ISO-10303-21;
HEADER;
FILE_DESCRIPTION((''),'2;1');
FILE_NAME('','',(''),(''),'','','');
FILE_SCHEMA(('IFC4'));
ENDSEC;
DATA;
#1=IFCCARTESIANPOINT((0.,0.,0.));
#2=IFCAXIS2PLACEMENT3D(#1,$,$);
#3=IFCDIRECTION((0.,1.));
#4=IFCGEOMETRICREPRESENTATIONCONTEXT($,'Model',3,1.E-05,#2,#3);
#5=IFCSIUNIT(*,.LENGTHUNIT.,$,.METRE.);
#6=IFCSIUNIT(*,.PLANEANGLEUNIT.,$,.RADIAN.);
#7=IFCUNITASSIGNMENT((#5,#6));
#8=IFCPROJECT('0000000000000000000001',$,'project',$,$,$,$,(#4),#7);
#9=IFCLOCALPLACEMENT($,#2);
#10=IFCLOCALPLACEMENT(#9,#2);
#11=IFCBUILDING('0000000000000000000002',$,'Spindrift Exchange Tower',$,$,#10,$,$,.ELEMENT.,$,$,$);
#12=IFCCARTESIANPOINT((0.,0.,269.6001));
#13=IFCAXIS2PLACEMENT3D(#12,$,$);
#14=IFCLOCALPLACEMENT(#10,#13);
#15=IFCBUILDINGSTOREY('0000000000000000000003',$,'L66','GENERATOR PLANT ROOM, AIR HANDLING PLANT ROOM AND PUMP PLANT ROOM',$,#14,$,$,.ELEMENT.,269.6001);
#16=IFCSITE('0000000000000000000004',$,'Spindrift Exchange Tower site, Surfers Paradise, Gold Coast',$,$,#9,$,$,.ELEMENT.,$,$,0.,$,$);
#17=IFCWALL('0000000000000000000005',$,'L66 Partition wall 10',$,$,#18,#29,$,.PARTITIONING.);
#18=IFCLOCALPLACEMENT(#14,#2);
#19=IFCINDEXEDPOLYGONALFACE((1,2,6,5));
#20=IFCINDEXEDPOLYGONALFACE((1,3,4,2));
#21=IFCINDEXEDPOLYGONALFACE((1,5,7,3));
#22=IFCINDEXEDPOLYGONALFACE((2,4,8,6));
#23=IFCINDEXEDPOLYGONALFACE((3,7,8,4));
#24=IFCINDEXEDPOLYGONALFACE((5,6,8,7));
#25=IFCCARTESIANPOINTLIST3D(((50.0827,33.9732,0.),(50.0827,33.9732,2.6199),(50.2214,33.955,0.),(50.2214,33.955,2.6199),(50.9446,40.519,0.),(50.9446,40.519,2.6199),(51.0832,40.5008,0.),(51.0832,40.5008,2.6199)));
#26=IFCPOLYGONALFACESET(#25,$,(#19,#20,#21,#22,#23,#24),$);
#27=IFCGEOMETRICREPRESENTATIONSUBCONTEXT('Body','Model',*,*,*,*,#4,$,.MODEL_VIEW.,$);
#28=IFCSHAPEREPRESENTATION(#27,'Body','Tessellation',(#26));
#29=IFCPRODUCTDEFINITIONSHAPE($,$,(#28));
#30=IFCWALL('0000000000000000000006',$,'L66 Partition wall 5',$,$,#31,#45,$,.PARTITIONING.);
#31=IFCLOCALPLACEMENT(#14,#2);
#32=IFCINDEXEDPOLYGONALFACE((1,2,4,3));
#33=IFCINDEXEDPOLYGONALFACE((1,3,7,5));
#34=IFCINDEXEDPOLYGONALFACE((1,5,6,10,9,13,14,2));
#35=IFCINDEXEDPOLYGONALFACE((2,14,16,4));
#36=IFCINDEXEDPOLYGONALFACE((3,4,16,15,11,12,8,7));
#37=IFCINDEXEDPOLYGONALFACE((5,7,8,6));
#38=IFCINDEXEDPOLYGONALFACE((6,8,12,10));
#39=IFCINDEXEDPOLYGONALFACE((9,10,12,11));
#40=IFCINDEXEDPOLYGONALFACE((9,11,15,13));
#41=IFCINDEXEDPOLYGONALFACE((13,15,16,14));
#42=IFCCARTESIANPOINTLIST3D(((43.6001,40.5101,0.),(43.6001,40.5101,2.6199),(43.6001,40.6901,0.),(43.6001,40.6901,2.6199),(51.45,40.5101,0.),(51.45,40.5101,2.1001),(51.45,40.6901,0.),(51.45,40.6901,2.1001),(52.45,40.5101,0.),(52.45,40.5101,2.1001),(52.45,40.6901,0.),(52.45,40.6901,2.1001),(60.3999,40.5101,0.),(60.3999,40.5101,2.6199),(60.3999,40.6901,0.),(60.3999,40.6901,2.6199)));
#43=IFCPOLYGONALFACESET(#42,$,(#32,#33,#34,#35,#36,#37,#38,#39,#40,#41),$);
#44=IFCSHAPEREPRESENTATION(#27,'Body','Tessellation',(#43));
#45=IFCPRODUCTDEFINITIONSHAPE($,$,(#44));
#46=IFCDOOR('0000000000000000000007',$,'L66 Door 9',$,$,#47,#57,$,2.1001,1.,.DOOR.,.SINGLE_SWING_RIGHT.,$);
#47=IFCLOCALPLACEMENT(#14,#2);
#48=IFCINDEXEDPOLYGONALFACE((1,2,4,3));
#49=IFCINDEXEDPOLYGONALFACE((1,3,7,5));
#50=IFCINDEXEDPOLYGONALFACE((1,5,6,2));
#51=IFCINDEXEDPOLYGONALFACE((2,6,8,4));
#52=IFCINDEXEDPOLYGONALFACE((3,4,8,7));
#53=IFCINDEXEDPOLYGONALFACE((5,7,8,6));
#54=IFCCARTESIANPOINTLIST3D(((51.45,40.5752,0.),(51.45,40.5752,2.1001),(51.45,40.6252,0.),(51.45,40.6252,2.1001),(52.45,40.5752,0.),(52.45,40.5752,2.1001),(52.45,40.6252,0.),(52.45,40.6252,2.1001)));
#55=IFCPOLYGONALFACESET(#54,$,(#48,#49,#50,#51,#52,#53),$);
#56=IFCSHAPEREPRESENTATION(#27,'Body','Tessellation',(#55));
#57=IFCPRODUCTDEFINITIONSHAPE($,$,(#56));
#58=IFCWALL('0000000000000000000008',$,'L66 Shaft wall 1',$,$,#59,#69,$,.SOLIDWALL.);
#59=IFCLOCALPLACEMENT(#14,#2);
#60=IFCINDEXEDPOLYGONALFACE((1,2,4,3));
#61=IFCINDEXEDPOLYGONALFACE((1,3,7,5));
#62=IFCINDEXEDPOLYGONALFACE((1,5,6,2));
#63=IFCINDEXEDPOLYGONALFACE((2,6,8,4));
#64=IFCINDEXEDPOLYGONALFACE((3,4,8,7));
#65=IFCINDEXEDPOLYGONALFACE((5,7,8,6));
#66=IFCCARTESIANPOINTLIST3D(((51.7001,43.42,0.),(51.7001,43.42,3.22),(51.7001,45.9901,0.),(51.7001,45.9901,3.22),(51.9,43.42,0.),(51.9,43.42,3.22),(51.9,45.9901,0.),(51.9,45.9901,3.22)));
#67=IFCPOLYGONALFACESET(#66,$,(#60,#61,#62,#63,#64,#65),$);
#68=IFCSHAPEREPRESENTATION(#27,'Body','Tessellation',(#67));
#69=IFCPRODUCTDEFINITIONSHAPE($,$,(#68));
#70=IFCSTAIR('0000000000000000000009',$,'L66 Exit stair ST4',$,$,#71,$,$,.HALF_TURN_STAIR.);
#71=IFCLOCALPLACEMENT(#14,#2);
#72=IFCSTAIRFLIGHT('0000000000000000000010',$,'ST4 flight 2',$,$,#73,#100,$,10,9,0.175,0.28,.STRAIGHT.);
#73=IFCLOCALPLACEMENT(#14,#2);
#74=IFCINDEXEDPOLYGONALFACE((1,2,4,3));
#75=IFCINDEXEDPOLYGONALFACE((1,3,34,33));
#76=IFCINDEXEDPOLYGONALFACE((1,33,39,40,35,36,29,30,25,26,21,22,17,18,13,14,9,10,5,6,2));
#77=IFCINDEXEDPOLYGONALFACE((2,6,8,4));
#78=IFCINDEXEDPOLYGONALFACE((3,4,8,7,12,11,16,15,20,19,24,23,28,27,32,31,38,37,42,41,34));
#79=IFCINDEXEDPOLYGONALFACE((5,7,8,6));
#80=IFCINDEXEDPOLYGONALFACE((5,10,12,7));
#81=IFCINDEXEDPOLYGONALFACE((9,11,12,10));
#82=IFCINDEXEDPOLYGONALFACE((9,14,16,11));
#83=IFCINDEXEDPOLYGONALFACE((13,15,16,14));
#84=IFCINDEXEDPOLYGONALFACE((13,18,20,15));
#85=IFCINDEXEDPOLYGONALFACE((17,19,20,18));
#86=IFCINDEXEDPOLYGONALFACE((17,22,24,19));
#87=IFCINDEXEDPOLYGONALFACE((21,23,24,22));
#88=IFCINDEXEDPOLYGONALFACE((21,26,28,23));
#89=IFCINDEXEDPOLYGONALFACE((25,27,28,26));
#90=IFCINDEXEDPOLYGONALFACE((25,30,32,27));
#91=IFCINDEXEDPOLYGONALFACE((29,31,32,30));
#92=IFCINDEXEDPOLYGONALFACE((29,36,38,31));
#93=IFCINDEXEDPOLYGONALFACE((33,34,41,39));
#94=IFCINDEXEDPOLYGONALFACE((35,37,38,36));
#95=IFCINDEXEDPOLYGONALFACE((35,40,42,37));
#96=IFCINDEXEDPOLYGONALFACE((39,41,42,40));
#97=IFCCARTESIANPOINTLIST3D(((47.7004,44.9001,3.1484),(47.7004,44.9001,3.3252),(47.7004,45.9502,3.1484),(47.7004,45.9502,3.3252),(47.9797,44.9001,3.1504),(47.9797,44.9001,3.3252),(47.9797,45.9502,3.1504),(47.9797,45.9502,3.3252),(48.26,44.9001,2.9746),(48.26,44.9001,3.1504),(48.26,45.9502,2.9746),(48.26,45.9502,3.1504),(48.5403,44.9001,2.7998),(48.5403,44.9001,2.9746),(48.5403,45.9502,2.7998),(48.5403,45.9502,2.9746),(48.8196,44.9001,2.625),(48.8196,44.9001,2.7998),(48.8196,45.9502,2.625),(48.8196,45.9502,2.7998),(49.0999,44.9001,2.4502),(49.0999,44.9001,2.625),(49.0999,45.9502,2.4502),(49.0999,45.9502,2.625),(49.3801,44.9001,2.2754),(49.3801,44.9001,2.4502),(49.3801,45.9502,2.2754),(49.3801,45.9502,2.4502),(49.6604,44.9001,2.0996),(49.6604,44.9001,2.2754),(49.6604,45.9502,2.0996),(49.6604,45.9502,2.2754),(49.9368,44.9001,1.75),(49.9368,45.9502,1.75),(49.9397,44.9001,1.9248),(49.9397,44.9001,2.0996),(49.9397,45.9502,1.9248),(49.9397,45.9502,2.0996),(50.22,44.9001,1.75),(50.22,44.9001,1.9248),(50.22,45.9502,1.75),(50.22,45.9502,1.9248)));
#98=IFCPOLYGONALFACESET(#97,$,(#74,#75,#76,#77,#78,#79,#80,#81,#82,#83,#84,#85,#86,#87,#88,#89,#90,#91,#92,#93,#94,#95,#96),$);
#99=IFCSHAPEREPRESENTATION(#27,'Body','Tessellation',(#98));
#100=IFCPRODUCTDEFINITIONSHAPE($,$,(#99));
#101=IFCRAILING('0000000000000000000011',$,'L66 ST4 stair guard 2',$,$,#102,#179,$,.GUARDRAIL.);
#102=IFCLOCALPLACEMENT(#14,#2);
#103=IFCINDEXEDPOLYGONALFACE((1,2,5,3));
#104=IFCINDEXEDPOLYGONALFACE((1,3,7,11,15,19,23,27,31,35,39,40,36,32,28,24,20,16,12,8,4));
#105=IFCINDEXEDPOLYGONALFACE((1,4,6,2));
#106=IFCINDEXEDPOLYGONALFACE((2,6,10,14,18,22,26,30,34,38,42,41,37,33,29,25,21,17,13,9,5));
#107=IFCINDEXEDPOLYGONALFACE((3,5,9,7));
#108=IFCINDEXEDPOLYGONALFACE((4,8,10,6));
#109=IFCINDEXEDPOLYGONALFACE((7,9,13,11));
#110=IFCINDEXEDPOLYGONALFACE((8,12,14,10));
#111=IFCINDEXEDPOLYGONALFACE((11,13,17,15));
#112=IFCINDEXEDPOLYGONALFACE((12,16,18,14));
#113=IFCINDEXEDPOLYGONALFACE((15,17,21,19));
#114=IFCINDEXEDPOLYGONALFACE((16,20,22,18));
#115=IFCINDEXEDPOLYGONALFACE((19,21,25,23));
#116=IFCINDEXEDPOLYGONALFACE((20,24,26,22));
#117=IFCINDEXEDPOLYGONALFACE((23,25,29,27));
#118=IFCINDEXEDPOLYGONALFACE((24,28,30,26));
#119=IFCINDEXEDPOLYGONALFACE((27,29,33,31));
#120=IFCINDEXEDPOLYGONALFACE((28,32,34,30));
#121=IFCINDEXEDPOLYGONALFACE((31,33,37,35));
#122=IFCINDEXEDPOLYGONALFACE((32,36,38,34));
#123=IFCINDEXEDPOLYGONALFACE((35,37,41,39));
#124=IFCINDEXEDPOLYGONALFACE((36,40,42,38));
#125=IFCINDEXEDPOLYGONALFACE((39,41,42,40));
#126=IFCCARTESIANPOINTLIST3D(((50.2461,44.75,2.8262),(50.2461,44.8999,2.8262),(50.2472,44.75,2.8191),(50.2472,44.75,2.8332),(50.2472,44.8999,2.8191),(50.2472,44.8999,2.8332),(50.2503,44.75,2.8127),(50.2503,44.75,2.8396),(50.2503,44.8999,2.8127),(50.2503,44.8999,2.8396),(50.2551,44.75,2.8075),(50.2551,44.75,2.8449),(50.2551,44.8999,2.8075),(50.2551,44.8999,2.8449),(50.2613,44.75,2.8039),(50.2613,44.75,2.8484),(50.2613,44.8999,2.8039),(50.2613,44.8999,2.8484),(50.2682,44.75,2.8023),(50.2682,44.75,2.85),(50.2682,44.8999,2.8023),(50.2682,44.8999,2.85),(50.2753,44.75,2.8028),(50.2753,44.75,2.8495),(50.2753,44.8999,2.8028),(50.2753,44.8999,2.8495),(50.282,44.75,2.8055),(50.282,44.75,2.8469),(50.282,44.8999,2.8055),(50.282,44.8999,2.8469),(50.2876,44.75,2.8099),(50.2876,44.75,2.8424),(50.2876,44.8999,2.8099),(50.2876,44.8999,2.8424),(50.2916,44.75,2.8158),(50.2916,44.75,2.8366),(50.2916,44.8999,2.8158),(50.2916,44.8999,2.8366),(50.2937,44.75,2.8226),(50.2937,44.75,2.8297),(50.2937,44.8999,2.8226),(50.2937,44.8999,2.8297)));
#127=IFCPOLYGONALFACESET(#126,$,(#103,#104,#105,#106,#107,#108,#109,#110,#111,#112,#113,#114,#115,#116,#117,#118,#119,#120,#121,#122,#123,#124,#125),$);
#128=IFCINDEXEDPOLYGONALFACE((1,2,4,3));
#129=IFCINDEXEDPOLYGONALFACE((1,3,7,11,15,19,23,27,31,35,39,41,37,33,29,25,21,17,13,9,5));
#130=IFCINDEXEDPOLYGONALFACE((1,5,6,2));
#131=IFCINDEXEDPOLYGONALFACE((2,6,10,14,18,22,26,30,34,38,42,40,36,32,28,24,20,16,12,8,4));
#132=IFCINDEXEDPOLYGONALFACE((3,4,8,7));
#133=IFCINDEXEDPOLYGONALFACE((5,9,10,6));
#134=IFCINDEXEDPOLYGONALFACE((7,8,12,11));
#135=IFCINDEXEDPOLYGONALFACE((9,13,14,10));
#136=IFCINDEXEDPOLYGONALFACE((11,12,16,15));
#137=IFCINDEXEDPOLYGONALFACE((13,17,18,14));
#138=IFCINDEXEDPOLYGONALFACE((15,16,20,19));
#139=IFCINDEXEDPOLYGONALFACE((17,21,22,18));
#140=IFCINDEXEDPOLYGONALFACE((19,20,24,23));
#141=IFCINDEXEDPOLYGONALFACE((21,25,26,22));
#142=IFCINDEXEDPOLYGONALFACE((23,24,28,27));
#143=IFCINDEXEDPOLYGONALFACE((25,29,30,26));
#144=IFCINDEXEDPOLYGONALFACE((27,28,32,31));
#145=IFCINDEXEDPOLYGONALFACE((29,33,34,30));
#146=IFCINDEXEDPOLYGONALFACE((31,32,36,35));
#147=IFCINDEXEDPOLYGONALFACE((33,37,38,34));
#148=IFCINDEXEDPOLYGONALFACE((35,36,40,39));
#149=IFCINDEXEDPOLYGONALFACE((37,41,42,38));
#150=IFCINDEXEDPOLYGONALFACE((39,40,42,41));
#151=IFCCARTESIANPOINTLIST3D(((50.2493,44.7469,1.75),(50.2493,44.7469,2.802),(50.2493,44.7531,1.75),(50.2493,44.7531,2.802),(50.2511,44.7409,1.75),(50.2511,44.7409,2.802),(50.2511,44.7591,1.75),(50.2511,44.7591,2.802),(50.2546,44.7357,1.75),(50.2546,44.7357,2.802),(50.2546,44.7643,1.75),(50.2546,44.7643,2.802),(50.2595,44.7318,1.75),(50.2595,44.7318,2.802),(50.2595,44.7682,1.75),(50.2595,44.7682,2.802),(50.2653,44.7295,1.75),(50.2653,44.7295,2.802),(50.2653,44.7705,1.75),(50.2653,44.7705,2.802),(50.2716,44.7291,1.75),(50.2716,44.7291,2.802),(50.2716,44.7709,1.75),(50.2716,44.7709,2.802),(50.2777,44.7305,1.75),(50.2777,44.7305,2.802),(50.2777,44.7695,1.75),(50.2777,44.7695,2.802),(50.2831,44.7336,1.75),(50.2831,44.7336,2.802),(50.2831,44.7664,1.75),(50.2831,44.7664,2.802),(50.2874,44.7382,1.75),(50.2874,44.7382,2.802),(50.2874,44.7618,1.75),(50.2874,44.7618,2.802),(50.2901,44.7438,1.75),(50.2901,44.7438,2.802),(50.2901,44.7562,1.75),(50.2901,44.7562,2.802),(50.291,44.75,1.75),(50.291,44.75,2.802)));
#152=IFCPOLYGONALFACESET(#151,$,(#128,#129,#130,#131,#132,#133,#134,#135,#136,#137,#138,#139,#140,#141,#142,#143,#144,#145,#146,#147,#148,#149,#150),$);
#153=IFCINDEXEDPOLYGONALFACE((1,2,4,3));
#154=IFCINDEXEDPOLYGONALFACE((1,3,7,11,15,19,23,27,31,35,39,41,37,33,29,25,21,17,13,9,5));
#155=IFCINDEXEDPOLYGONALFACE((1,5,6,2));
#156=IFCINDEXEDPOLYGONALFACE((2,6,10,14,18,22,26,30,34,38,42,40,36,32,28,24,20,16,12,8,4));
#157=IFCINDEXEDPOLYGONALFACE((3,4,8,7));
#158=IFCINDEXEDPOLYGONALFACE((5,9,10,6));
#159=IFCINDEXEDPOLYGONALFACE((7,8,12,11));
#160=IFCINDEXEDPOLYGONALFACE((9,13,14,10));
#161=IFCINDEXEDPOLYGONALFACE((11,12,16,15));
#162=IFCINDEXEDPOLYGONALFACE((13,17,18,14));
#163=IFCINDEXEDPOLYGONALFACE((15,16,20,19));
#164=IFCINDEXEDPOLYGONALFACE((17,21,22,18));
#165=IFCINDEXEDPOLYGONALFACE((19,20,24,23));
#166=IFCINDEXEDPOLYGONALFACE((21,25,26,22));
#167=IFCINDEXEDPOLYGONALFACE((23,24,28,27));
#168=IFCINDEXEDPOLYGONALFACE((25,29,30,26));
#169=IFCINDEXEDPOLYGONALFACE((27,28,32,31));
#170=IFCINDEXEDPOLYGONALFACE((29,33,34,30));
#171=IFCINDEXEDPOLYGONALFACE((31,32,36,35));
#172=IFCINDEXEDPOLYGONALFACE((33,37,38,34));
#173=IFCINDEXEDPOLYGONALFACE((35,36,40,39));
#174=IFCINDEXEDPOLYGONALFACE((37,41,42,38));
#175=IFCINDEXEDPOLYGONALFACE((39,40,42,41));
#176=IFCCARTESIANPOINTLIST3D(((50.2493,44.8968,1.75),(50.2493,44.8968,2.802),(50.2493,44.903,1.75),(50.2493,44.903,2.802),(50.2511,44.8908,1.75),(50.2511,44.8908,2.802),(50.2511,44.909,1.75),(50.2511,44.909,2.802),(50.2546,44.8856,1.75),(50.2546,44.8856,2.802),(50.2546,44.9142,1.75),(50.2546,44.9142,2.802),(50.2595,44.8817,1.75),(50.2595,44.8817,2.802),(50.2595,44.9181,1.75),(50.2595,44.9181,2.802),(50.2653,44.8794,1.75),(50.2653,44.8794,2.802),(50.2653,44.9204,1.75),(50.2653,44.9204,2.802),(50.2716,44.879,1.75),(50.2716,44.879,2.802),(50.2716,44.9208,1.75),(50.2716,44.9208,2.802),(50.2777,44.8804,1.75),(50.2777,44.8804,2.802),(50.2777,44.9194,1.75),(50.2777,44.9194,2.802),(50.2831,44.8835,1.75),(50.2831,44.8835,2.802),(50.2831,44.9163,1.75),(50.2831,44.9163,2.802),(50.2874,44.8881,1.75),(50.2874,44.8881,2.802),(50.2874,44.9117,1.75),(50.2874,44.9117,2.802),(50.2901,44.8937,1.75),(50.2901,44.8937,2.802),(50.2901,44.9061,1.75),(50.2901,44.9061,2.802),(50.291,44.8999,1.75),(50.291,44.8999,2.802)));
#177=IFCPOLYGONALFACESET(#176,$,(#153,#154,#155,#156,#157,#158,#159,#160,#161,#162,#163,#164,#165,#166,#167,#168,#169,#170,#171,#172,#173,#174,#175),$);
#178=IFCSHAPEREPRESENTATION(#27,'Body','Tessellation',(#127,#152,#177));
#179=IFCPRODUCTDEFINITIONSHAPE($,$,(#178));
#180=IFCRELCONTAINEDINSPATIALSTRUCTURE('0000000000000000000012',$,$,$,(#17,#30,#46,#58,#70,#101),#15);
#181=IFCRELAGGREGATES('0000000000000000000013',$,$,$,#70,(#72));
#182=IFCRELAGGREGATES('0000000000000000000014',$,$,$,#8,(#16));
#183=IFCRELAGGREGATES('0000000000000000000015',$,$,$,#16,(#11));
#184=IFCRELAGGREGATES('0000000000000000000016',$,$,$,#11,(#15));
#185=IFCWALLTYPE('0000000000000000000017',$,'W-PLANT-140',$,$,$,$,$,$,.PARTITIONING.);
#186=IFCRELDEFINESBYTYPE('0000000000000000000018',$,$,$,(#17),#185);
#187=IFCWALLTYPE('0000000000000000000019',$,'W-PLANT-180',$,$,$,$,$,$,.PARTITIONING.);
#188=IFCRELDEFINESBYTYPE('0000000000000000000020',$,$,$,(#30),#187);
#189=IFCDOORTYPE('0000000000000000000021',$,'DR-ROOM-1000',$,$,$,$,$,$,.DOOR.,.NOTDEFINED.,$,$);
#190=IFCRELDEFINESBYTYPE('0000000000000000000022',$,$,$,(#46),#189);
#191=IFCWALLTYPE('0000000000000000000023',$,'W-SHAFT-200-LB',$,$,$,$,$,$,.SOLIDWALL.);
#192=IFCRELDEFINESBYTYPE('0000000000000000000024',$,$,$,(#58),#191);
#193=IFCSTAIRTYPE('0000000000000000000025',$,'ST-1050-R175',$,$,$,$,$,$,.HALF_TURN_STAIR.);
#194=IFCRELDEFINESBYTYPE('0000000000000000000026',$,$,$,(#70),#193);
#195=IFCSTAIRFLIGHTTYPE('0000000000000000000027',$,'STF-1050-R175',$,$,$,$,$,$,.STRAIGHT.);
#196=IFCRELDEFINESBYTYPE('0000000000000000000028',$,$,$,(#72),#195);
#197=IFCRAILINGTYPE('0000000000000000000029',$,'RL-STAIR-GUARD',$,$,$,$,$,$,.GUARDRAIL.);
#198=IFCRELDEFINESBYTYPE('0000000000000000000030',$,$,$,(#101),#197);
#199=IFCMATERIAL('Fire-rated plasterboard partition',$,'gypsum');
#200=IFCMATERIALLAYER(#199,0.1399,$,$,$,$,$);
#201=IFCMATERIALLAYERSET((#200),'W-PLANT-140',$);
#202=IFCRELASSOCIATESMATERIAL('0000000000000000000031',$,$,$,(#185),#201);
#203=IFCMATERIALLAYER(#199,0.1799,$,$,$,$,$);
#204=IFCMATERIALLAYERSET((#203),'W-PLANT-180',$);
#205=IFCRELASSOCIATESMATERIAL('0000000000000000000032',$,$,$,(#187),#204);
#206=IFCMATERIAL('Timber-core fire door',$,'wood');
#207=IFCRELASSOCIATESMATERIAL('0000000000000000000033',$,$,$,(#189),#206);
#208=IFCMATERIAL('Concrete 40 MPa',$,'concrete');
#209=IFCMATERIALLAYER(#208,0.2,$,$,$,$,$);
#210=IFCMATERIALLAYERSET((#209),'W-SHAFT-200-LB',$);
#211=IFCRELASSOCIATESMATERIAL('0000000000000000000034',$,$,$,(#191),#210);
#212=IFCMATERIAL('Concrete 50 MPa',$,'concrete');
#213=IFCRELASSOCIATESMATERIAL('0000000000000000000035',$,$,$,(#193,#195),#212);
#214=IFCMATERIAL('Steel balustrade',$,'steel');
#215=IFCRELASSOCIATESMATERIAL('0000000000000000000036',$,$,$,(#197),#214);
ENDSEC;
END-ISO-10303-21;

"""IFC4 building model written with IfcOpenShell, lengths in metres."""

from ifc_helpers import new_model, si_unit, direction, frame, frame_2d, origin, origin_2d, place, context, subcontext, project, spatial, line, indexed_curve, rectangle, circle, outline, extrude, source, transform, mapped, material, layer, layer_set, type_object, element, fill, aggregate, save


model = new_model("IFC4")

# Units and contexts
model_context = context("Model", 3, precision=1e-05, world=origin(), true_north=direction((0.0, 1.0)))
body_context = subcontext(model_context, "Body", "Model", "MODEL_VIEW")
ifc_project = project(units=[si_unit("LENGTHUNIT", "METRE"), si_unit("PLANEANGLEUNIT", "RADIAN")], contexts=[model_context])

# Site, building, storey
site_placement = place(None, origin())
site = spatial("IfcSite", under=ifc_project, at=site_placement, Name="Spindrift Exchange Tower site, Surfers Paradise, Gold Coast", CompositionType="ELEMENT", RefElevation=0.0)
building_placement = place(site_placement, origin())
building = spatial("IfcBuilding", under=site, at=building_placement, Name="Spindrift Exchange Tower", CompositionType="ELEMENT")
storey_placement = place(building_placement, frame((0.0, 0.0, 269.6001)))
storey = spatial("IfcBuildingStorey", under=building, at=storey_placement, Name="L66", Description="GENERATOR PLANT ROOM, AIR HANDLING PLANT ROOM AND PUMP PLANT ROOM", CompositionType="ELEMENT", Elevation=269.6001)

# Shared definitions
ifc_material_1 = material(Name="Concrete 40 MPa", Category="concrete")

# Shared definitions
ifc_material_2 = material(Name="Timber-core fire door", Category="wood")

# Wall
ifc_material_3 = material(Name="Fire-rated plasterboard partition", Category="gypsum")
ifc_layer_1 = layer(ifc_material_3, 0.1399)
ifc_layer_set_1 = layer_set([ifc_layer_1], Name="W-PLANT-140")
wall_type_1 = type_object("IfcWallType", Name="W-PLANT-140", PredefinedType="PARTITIONING", material=ifc_layer_set_1)
wall_1_placement = place(storey_placement, frame((51.0139, 40.51, 0.0), z_axis=(0.0, 0.0, 1.0), x_axis=(-0.130531, -0.991444, 0.0)))
element("IfcWall", 1, at=wall_1_placement, inside=storey, type_object=wall_type_1, Name="L66 Partition wall 10", PredefinedType="PARTITIONING", context=body_context, shape_type="SweptSolid", body=[
    extrude(rectangle(XDim=6.6023, YDim=0.1399, at=frame_2d((3.3013, 0.0))), origin(), (0.0, 0.0, 1.0), 2.6199),
])

# Wall, opening, door
ifc_layer_2 = layer(ifc_material_3, 0.1799)
ifc_layer_set_2 = layer_set([ifc_layer_2], Name="W-PLANT-180")
wall_type_2 = type_object("IfcWallType", Name="W-PLANT-180", PredefinedType="PARTITIONING", material=ifc_layer_set_2)
wall_2_placement = place(storey_placement, frame((60.3999, 40.6001, 0.0), z_axis=(0.0, 0.0, 1.0), x_axis=(-1.0, 0.0, 0.0)))
wall_2 = element("IfcWall", 2, at=wall_2_placement, inside=storey, type_object=wall_type_2, Name="L66 Partition wall 5", PredefinedType="PARTITIONING", context=body_context, shape_type="SweptSolid", body=[
    extrude(rectangle(XDim=16.7998, YDim=0.1799, at=frame_2d((8.3999, 0.0))), origin(), (0.0, 0.0, 1.0), 2.6199),
])
opening_1_placement = place(wall_2_placement, frame((7.95, 0.0, 0.0)))
opening_1 = element("IfcOpeningElement", 3, at=opening_1_placement, cuts=wall_2, PredefinedType="OPENING", context=body_context, shape_type="SweptSolid", body=[
    extrude(rectangle(XDim=1.0, YDim=2.1001, at=frame_2d((0.5, 1.05))), frame((0.0, 0.0999, 0.0), z_axis=(0.0, -1.0, 0.0), x_axis=(1.0, 0.0, 0.0)), (0.0, 0.0, 1.0), 0.2),
])
door_type_1 = type_object("IfcDoorType", Name="DR-ROOM-1000", OperationType="NOTDEFINED", PredefinedType="DOOR", material=ifc_material_2)
shared_shape_1 = source(origin(), body_context, "Body", "SweptSolid", [
    extrude(rectangle(XDim=1.0, YDim=2.1001, at=frame_2d((0.5, 1.05))), frame((0.0, 0.0249, 0.0), z_axis=(0.0, -1.0, 0.0), x_axis=(1.0, 0.0, 0.0)), (0.0, 0.0, 1.0), 0.05),
])
door_1_placement = place(opening_1_placement, origin())
door_1 = element("IfcDoor", 4, at=door_1_placement, inside=storey, type_object=door_type_1, Name="L66 Door 9", OperationType="SINGLE_SWING_RIGHT", OverallHeight=2.1001, OverallWidth=1.0, PredefinedType="DOOR", context=body_context, shape_type="MappedRepresentation", body=[
    mapped(shared_shape_1, transform((0.0, 0.0, 0.0), scale=1.0)),
])
fill(opening_1, door_1)

# Wall
ifc_layer_3 = layer(ifc_material_1, 0.2)
ifc_layer_set_3 = layer_set([ifc_layer_3], Name="W-SHAFT-200-LB")
wall_type_3 = type_object("IfcWallType", Name="W-SHAFT-200-LB", PredefinedType="SOLIDWALL", material=ifc_layer_set_3)
wall_3_placement = place(storey_placement, frame((51.8, 43.4199, 0.0), z_axis=(0.0, 0.0, 1.0), x_axis=(0.0, 1.0, 0.0)))
element("IfcWall", 5, at=wall_3_placement, inside=storey, type_object=wall_type_3, Name="L66 Shaft wall 1", PredefinedType="SOLIDWALL", context=body_context, shape_type="SweptSolid", body=[
    extrude(rectangle(XDim=2.5701, YDim=0.2, at=frame_2d((1.2852, 0.0))), origin(), (0.0, 0.0, 1.0), 3.22),
])

# Stair, stair flight
ifc_material_4 = material(Name="Concrete 50 MPa", Category="concrete")
stair_type = type_object("IfcStairType", Name="ST-1050-R175", PredefinedType="HALF_TURN_STAIR", material=ifc_material_4)
stair_placement = place(storey_placement, origin())
stair = element("IfcStair", 6, at=stair_placement, inside=storey, type_object=stair_type, Name="L66 Exit stair ST4", PredefinedType="HALF_TURN_STAIR")
stair_flight_type = type_object("IfcStairFlightType", Name="STF-1050-R175", PredefinedType="STRAIGHT", material=ifc_material_4)
stair_flight_placement = place(storey_placement, frame((50.22, 45.425, 1.75), z_axis=(0.0, 0.0, 1.0), x_axis=(-1.0, 0.0, 0.0)))
stair_flight = element("IfcStairFlight", 7, at=stair_flight_placement, type_object=stair_flight_type, Name="ST4 flight 2", NumberOfRisers=10, NumberOfTreads=9, PredefinedType="STRAIGHT", RiserHeight=0.175, TreadLength=0.28, context=body_context, shape_type="SweptSolid", body=[
    extrude(outline(indexed_curve([(0.0, 0.0), (0.0, 0.1748), (0.2803, 0.1748), (0.2803, 0.3496), (0.5596, 0.3496), (0.5596, 0.5254), (0.8398, 0.5254), (0.8398, 0.7002), (1.1201, 0.7002), (1.1201, 0.875), (1.4004, 0.875), (1.4004, 1.0498), (1.6797, 1.0498), (1.6797, 1.2246), (1.96, 1.2246), (1.96, 1.4004), (2.2402, 1.4004), (2.2402, 1.5752), (2.5195, 1.5752), (2.5195, 1.75), (2.5195, 1.3984), (0.2832, 0.0)], segments=[line(1, 2, 3, 4, 5, 6, 7, 8, 9, 10, 11, 12, 13, 14, 15, 16, 17, 18, 19, 20, 21, 22, 1)], self_intersect=False)), frame((0.0, 0.5249, 0.0), z_axis=(0.0, -1.0, 0.0), x_axis=(1.0, 0.0, 0.0)), (0.0, 0.0, 1.0), 1.05),
])
aggregate(stair, [stair_flight])

# Railing
ifc_material_5 = material(Name="Steel balustrade", Category="steel")
railing_type_1 = type_object("IfcRailingType", Name="RL-STAIR-GUARD", PredefinedType="GUARDRAIL", material=ifc_material_5)
railing_1_placement = place(storey_placement, frame((50.27, 44.75, 1.75)))
element("IfcRailing", 8, at=railing_1_placement, inside=storey, type_object=railing_type_1, Name="L66 ST4 stair guard 2", PredefinedType="GUARDRAIL", context=body_context, shape_type="SweptSolid", body=[
    extrude(circle(Radius=0.0239, at=origin_2d()), frame((0.0, 0.0, 1.0762), z_axis=(0.0, 1.0, 0.0), x_axis=(-1.0, 0.0, 0.0)), (0.0, 0.0, 1.0), 0.1499),
    extrude(circle(Radius=0.021, at=origin_2d()), origin(), (0.0, 0.0, 1.0), 1.052),
    extrude(circle(Radius=0.021, at=origin_2d()), frame((0.0, 0.1499, 0.0)), (0.0, 0.0, 1.0), 1.052),
])

save(model, "model.ifc")
